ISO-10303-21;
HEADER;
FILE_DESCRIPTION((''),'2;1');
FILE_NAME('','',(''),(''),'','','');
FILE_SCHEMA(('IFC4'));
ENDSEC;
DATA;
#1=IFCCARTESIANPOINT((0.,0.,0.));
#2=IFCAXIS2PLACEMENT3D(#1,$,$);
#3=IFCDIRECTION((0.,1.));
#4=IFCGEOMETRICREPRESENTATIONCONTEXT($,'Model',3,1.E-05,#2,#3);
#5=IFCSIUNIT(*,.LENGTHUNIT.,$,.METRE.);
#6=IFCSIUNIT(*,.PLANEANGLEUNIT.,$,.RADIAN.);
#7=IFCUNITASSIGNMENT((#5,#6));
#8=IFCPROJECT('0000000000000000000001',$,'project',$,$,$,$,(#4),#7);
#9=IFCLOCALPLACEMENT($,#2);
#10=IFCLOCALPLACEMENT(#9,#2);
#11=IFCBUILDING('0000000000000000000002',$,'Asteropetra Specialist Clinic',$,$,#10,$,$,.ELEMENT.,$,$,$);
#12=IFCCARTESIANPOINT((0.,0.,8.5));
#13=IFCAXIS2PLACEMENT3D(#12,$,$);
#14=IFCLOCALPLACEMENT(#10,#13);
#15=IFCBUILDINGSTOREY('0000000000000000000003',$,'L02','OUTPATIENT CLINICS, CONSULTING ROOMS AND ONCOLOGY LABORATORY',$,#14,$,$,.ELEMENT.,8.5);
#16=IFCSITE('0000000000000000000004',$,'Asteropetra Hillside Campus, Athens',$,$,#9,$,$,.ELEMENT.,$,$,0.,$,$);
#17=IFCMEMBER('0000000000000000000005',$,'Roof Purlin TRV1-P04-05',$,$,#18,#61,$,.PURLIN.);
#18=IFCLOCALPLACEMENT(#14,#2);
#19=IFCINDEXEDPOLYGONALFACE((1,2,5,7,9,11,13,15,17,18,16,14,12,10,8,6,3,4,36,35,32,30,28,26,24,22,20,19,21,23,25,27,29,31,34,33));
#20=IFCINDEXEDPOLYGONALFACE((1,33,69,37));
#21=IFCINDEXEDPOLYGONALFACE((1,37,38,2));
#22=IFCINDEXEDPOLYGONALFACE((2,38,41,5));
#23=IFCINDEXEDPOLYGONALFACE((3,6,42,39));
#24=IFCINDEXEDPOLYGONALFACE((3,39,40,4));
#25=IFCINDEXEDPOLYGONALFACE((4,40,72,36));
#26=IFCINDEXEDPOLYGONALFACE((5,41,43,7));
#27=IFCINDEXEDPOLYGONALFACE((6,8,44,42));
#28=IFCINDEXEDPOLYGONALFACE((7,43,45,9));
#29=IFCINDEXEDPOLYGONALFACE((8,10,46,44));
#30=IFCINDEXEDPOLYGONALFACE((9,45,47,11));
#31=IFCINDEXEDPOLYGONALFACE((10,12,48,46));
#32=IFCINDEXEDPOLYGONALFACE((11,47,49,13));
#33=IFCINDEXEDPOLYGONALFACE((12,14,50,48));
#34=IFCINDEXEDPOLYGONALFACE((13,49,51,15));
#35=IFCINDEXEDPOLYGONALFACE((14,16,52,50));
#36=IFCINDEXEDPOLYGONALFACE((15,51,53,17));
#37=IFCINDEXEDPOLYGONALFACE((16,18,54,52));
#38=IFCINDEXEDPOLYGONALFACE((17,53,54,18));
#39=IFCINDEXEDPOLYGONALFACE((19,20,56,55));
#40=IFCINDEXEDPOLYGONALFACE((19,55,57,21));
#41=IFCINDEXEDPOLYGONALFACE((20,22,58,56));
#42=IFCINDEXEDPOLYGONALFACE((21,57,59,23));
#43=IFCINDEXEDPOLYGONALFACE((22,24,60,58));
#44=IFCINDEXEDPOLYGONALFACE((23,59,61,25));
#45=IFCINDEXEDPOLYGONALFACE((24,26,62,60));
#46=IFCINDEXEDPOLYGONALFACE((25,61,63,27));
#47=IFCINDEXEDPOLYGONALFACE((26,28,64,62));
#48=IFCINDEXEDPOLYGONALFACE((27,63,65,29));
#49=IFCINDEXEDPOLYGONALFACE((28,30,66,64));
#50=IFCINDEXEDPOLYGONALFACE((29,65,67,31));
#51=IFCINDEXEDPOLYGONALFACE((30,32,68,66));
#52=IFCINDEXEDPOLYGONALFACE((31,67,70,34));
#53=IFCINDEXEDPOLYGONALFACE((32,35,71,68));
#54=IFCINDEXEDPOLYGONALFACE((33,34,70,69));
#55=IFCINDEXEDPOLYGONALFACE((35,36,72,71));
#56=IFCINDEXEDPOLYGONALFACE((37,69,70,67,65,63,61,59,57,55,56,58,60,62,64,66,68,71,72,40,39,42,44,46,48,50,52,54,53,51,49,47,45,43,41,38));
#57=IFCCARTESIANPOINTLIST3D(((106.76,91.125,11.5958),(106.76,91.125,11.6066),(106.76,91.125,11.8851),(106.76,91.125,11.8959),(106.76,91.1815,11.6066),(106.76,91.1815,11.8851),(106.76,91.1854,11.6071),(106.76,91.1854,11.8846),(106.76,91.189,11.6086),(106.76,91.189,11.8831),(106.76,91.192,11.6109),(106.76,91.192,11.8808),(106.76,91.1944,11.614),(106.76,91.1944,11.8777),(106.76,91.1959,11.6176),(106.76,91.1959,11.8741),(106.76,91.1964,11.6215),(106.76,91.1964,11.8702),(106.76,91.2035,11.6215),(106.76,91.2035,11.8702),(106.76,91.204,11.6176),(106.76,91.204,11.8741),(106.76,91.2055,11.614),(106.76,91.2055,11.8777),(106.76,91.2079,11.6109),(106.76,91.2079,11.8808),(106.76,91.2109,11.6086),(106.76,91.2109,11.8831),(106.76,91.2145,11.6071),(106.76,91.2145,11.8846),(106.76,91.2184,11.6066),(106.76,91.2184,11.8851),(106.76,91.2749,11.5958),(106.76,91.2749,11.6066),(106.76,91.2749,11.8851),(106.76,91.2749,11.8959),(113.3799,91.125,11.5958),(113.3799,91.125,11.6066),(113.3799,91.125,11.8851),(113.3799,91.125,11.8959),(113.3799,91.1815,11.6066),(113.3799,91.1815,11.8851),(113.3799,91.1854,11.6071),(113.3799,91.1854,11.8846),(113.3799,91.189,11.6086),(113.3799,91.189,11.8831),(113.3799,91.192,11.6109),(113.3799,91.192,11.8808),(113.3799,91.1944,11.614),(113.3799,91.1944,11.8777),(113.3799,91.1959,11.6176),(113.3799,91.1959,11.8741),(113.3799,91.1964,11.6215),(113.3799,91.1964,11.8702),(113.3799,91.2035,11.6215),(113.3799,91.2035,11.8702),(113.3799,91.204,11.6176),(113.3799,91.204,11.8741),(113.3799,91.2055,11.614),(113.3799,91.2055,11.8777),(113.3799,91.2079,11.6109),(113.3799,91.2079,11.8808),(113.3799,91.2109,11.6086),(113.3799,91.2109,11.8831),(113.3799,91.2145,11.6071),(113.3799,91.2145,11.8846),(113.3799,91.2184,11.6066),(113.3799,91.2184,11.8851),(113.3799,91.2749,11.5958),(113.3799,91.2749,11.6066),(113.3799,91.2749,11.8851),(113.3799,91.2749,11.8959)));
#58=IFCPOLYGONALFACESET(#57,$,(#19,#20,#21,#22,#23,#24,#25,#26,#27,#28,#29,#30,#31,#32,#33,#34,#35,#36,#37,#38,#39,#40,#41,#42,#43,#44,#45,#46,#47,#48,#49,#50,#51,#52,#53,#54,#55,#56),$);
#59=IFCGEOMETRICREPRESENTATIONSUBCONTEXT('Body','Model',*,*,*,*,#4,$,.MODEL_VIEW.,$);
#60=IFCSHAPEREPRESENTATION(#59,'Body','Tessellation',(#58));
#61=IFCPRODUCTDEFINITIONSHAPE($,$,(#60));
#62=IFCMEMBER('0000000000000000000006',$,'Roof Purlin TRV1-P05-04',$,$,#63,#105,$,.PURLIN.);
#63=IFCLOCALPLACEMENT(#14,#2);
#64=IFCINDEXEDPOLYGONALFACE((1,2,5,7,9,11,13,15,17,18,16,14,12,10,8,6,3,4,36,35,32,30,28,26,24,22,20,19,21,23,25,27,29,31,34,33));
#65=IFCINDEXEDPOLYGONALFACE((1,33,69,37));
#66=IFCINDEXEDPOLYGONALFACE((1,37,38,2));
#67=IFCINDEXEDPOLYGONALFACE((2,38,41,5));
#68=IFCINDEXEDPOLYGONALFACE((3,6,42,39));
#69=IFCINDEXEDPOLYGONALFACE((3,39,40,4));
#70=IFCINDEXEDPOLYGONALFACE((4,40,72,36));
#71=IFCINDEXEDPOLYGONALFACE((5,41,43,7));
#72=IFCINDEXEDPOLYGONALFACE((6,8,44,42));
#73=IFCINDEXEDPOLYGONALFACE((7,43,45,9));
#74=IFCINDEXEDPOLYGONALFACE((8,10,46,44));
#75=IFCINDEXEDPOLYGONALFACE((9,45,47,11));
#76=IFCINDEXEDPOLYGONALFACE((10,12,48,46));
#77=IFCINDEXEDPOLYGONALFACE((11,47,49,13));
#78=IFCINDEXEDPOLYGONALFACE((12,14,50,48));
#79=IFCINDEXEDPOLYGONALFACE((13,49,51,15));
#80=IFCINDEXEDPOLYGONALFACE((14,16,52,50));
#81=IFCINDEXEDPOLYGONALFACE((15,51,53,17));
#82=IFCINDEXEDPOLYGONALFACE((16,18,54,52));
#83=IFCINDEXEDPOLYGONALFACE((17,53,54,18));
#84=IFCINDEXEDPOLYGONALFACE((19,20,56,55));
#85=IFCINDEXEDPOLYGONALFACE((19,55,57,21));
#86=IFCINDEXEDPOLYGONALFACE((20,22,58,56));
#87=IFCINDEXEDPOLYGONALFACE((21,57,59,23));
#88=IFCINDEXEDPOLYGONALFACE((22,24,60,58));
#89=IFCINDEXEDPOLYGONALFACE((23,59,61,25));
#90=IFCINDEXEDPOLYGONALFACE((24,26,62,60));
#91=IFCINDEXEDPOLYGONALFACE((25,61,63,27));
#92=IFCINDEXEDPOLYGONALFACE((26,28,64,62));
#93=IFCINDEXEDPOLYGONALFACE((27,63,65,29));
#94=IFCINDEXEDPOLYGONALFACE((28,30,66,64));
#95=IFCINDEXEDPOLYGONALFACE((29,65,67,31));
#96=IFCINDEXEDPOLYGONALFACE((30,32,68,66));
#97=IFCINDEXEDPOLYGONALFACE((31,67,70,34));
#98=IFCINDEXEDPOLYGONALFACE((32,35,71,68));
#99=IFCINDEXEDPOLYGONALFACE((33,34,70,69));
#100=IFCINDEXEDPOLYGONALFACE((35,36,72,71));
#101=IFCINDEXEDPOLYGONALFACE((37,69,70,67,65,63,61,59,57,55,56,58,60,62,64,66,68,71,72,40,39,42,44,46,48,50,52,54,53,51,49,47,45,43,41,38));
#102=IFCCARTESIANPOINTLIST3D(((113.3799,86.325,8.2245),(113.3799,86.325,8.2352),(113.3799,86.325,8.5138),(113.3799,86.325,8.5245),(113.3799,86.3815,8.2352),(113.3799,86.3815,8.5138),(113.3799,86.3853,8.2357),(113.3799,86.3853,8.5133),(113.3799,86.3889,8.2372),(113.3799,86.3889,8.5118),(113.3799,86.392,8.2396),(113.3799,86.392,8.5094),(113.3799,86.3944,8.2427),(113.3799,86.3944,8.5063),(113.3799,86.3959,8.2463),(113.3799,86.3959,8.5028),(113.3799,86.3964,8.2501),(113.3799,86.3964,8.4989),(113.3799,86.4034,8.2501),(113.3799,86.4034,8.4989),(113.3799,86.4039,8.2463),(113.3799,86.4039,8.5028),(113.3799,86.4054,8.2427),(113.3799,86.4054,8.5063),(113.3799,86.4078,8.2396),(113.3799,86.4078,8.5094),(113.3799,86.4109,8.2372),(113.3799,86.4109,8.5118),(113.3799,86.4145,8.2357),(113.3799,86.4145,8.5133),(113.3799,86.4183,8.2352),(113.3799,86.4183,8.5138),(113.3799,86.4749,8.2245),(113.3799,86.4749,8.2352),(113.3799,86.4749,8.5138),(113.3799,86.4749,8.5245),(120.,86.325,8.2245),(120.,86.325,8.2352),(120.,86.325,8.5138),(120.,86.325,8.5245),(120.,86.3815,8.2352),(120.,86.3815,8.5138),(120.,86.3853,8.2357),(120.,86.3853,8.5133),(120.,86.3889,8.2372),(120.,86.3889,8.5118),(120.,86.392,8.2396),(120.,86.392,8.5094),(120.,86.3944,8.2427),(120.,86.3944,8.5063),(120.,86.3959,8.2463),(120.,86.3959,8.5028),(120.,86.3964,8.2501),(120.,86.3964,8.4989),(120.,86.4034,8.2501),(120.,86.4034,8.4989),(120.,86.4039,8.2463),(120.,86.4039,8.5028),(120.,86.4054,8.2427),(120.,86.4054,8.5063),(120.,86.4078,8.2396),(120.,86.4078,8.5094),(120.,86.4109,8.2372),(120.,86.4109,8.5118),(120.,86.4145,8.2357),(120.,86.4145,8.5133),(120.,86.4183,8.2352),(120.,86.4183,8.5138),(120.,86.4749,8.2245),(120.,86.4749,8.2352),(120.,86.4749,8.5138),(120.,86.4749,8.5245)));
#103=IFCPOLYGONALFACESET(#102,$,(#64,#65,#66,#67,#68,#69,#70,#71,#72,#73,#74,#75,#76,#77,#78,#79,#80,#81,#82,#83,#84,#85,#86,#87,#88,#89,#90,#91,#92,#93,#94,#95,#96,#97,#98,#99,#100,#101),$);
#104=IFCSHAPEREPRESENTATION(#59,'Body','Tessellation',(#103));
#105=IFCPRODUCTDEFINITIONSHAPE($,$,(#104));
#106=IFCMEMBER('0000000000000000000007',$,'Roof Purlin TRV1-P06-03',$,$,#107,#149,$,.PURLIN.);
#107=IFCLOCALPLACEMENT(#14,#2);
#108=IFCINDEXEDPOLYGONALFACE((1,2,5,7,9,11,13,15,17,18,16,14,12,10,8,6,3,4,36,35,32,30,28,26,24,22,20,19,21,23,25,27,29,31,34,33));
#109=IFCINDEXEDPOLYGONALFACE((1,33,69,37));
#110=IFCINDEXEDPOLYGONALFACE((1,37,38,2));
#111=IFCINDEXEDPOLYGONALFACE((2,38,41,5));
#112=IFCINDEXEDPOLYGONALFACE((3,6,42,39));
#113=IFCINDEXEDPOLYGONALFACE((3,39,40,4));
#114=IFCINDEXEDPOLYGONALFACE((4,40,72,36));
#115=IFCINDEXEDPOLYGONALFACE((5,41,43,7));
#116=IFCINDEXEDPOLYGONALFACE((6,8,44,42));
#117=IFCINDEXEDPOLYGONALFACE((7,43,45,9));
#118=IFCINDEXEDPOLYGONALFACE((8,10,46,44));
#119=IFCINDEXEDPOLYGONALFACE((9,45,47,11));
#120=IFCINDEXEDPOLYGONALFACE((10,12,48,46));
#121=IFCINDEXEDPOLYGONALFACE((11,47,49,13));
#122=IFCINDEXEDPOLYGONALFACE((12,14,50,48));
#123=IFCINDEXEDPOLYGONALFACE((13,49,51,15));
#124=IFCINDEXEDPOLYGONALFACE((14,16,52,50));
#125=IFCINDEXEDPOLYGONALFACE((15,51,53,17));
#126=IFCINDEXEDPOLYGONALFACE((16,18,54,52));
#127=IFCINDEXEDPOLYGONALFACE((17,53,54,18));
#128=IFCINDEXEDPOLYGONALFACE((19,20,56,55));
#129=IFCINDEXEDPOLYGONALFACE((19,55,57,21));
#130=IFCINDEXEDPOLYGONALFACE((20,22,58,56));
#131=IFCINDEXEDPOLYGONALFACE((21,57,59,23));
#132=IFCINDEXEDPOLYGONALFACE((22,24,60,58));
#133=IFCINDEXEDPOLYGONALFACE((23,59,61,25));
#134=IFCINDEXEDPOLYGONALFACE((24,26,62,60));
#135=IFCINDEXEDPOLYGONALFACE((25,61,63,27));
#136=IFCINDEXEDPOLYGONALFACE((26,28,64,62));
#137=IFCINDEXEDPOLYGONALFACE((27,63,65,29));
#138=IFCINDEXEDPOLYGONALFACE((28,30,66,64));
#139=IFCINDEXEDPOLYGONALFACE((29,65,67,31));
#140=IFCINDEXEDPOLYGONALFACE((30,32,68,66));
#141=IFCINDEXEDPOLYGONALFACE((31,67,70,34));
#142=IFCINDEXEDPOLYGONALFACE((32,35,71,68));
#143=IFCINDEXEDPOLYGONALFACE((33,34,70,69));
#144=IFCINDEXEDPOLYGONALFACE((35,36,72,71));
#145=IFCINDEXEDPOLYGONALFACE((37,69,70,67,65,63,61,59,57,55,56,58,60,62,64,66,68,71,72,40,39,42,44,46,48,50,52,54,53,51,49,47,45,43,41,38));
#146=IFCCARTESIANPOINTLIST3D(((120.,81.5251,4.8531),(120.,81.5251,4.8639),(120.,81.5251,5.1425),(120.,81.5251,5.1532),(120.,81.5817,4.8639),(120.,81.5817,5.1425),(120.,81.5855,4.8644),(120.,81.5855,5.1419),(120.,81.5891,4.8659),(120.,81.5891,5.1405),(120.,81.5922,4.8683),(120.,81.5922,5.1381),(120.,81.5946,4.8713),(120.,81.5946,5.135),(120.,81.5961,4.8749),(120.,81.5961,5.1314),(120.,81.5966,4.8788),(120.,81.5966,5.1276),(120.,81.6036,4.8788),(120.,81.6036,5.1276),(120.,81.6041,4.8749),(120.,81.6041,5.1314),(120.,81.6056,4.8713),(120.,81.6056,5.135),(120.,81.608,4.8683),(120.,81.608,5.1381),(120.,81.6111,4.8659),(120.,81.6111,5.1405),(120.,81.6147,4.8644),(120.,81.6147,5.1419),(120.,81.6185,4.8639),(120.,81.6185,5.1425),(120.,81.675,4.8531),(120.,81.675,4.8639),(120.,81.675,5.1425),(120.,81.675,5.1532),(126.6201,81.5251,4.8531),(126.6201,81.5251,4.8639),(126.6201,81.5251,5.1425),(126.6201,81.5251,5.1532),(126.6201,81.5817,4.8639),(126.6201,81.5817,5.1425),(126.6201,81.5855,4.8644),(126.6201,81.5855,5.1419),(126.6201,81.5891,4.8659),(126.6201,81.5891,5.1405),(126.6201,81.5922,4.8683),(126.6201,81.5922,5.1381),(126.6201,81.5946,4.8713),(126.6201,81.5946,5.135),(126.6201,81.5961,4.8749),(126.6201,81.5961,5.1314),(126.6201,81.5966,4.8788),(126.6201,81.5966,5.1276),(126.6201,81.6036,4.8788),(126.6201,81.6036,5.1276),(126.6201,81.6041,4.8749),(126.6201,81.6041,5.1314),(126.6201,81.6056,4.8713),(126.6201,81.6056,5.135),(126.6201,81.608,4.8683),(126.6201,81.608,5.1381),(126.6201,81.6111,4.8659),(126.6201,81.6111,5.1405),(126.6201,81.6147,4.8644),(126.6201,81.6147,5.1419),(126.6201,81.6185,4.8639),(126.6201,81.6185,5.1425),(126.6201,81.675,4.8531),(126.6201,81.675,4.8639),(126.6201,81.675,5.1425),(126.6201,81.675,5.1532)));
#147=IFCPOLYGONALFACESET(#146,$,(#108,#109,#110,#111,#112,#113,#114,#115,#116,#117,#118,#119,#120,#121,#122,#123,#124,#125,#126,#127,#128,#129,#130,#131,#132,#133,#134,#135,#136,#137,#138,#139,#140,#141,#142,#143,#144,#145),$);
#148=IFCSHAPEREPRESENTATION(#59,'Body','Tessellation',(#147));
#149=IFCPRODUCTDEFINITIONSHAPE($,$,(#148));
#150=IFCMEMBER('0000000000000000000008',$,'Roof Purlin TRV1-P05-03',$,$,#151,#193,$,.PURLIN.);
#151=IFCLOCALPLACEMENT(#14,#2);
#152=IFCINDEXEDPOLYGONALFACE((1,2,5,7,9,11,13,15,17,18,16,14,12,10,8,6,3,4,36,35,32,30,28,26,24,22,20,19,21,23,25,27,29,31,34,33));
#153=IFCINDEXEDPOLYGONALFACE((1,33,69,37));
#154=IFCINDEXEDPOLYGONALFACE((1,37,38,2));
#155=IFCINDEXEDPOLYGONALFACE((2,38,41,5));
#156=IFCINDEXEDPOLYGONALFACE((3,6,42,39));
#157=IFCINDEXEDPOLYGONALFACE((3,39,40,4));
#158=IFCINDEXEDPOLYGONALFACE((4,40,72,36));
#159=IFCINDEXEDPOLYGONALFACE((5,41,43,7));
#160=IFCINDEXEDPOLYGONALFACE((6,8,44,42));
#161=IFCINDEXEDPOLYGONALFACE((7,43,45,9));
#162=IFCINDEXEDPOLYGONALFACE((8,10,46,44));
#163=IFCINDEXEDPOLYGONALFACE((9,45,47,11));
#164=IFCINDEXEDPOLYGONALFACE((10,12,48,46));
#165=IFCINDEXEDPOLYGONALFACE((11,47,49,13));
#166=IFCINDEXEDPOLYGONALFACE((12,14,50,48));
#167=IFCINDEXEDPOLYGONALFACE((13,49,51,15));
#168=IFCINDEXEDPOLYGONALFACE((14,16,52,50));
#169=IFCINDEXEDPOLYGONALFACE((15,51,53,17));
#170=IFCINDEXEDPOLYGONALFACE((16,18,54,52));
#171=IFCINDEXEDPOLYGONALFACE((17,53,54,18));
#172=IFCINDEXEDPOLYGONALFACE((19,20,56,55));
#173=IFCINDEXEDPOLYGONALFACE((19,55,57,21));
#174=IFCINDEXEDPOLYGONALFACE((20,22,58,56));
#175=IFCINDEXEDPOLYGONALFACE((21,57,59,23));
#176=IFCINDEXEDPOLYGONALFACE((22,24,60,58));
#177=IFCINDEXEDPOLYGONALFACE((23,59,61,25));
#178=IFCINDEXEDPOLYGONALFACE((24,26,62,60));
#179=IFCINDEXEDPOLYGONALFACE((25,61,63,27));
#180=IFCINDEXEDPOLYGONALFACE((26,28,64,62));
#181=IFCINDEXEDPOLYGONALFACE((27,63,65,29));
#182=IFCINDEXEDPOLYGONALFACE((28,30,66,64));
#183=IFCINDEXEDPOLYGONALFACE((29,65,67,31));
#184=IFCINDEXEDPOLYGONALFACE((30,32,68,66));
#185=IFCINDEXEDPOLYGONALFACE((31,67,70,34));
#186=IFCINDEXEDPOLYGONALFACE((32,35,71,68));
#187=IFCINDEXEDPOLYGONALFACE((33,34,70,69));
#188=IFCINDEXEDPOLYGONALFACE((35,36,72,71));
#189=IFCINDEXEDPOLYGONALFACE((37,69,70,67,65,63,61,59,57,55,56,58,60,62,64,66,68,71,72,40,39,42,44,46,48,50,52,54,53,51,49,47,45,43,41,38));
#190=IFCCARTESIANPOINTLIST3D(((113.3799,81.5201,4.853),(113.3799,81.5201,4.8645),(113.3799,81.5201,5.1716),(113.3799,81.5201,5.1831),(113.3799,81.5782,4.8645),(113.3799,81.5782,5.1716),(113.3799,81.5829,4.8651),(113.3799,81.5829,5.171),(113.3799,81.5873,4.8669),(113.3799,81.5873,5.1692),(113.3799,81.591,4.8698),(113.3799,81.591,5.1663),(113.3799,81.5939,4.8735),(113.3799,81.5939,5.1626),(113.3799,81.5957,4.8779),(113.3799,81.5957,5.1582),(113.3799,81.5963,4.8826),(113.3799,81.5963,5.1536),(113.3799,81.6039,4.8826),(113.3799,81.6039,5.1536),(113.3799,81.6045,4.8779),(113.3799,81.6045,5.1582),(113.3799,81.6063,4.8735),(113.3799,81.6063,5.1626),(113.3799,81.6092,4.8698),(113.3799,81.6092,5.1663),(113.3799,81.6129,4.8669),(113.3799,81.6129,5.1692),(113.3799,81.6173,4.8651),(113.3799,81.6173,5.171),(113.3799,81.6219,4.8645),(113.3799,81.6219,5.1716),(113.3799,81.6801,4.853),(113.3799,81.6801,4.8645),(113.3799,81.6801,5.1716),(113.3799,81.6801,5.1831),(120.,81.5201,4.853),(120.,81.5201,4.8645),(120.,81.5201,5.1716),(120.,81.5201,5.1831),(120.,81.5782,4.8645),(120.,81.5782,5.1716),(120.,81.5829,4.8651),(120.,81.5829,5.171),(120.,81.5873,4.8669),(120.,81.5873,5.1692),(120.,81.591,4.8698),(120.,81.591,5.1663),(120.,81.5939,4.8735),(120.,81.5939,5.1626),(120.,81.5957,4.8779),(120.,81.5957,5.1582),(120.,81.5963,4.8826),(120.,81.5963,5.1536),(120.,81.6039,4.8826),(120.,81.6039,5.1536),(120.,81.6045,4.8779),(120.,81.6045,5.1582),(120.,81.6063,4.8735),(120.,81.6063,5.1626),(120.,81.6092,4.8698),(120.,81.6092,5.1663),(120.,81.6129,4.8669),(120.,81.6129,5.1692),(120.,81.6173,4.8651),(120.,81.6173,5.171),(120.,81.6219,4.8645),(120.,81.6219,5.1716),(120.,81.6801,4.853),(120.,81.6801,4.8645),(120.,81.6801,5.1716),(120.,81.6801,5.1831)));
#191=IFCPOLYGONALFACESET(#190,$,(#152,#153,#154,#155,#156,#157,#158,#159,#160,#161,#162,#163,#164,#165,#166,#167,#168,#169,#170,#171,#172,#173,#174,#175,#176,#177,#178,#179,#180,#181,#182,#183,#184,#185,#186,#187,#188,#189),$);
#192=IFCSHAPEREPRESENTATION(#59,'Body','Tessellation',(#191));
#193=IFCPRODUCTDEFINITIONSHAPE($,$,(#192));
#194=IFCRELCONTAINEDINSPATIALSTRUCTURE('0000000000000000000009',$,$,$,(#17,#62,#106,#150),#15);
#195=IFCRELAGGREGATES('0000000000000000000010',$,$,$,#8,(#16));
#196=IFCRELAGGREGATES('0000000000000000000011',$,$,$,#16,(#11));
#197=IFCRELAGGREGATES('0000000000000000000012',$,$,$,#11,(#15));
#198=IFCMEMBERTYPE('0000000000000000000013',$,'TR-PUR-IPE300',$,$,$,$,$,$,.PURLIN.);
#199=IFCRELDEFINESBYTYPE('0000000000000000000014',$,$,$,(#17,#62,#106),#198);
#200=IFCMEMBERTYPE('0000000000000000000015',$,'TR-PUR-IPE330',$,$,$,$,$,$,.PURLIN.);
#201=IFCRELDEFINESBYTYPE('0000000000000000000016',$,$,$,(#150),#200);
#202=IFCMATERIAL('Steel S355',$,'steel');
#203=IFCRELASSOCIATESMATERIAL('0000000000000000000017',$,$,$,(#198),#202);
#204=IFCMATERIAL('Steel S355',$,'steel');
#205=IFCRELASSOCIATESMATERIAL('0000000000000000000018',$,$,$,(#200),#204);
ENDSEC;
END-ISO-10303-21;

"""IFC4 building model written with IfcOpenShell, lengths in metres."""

from ifc_helpers import new_model, si_unit, direction, frame, origin, origin_2d, place, context, subcontext, project, spatial, i_section, extrude, material, material_profile, profile_set, type_object, element, save


model = new_model("IFC4")

# Units and contexts
model_context = context("Model", 3, precision=1e-05, world=origin(), true_north=direction((0.0, 1.0)))
body_context = subcontext(model_context, "Body", "Model", "MODEL_VIEW")
ifc_project = project(units=[si_unit("LENGTHUNIT", "METRE"), si_unit("PLANEANGLEUNIT", "RADIAN")], contexts=[model_context])

# Site, building, storey
site_placement = place(None, origin())
site = spatial("IfcSite", under=ifc_project, at=site_placement, Name="Asteropetra Hillside Campus, Athens", CompositionType="ELEMENT", RefElevation=0.0)
building_placement = place(site_placement, origin())
building = spatial("IfcBuilding", under=site, at=building_placement, Name="Asteropetra Specialist Clinic", CompositionType="ELEMENT")
storey_placement = place(building_placement, frame((0.0, 0.0, 8.5)))
storey = spatial("IfcBuildingStorey", under=building, at=storey_placement, Name="L02", Description="OUTPATIENT CLINICS, CONSULTING ROOMS AND ONCOLOGY LABORATORY", CompositionType="ELEMENT", Elevation=8.5)

# Members
ifc_material_1 = material(Name="Steel S355", Category="steel")
ifc_material_profile_1 = material_profile(ifc_material_1, i_section(OverallWidth=0.1499, OverallDepth=0.3, WebThickness=0.0071, FlangeThickness=0.0107, FilletRadius=0.0149, at=origin_2d()), Name="IPE 300")
ifc_profile_set_1 = profile_set([ifc_material_profile_1], Name="Steel S355")
member_type_1 = type_object("IfcMemberType", Name="TR-PUR-IPE300", PredefinedType="PURLIN", material=ifc_profile_set_1)
member_1_placement = place(storey_placement, frame((106.76, 91.2, 11.7458), z_axis=(1.0, 0.0, 0.0), x_axis=(0.0, 1.0, 0.0)))
element("IfcMember", 1, at=member_1_placement, inside=storey, type_object=member_type_1, Name="Roof Purlin TRV1-P04-05", PredefinedType="PURLIN", context=body_context, shape_type="SweptSolid", body=[
    extrude(i_section(OverallWidth=0.1499, OverallDepth=0.3, WebThickness=0.0071, FlangeThickness=0.0107, FilletRadius=0.0149, at=origin_2d()), origin(), (0.0, 0.0, 1.0), 6.6199),
])
for number, where, z_axis, x_axis, name in (
    (2, (113.3799, 86.3999, 8.3745), (1.0, 0.0, 0.0), (0.0, 1.0, 0.0), "Roof Purlin TRV1-P05-04"),
    (3, (120.0, 81.6001, 5.0032), (1.0, 0.0, 0.0), (0.0, 1.0, 0.0), "Roof Purlin TRV1-P06-03"),
):
    element("IfcMember", number, at=place(storey_placement, frame(where, z_axis=z_axis, x_axis=x_axis)), inside=storey, type_object=member_type_1, Name=name, PredefinedType="PURLIN", context=body_context, shape_type="SweptSolid", body=[
        extrude(i_section(OverallWidth=0.1499, OverallDepth=0.3, WebThickness=0.0071, FlangeThickness=0.0107, FilletRadius=0.0149, at=origin_2d()), origin(), (0.0, 0.0, 1.0), 6.6201),
    ])
ifc_material_2 = material(Name="Steel S355", Category="steel")
ifc_material_profile_2 = material_profile(ifc_material_2, i_section(OverallWidth=0.1599, OverallDepth=0.3301, WebThickness=0.0076, FlangeThickness=0.0115, FilletRadius=0.0181, at=origin_2d()), Name="IPE 330")
ifc_profile_set_2 = profile_set([ifc_material_profile_2], Name="Steel S355")
member_type_2 = type_object("IfcMemberType", Name="TR-PUR-IPE330", PredefinedType="PURLIN", material=ifc_profile_set_2)
member_2_placement = place(storey_placement, frame((113.3799, 81.6001, 5.0181), z_axis=(1.0, 0.0, 0.0), x_axis=(0.0, 1.0, 0.0)))
element("IfcMember", 4, at=member_2_placement, inside=storey, type_object=member_type_2, Name="Roof Purlin TRV1-P05-03", PredefinedType="PURLIN", context=body_context, shape_type="SweptSolid", body=[
    extrude(i_section(OverallWidth=0.1599, OverallDepth=0.3301, WebThickness=0.0076, FlangeThickness=0.0115, FilletRadius=0.0181, at=origin_2d()), origin(), (0.0, 0.0, 1.0), 6.6201),
])

save(model, "model.ifc")
